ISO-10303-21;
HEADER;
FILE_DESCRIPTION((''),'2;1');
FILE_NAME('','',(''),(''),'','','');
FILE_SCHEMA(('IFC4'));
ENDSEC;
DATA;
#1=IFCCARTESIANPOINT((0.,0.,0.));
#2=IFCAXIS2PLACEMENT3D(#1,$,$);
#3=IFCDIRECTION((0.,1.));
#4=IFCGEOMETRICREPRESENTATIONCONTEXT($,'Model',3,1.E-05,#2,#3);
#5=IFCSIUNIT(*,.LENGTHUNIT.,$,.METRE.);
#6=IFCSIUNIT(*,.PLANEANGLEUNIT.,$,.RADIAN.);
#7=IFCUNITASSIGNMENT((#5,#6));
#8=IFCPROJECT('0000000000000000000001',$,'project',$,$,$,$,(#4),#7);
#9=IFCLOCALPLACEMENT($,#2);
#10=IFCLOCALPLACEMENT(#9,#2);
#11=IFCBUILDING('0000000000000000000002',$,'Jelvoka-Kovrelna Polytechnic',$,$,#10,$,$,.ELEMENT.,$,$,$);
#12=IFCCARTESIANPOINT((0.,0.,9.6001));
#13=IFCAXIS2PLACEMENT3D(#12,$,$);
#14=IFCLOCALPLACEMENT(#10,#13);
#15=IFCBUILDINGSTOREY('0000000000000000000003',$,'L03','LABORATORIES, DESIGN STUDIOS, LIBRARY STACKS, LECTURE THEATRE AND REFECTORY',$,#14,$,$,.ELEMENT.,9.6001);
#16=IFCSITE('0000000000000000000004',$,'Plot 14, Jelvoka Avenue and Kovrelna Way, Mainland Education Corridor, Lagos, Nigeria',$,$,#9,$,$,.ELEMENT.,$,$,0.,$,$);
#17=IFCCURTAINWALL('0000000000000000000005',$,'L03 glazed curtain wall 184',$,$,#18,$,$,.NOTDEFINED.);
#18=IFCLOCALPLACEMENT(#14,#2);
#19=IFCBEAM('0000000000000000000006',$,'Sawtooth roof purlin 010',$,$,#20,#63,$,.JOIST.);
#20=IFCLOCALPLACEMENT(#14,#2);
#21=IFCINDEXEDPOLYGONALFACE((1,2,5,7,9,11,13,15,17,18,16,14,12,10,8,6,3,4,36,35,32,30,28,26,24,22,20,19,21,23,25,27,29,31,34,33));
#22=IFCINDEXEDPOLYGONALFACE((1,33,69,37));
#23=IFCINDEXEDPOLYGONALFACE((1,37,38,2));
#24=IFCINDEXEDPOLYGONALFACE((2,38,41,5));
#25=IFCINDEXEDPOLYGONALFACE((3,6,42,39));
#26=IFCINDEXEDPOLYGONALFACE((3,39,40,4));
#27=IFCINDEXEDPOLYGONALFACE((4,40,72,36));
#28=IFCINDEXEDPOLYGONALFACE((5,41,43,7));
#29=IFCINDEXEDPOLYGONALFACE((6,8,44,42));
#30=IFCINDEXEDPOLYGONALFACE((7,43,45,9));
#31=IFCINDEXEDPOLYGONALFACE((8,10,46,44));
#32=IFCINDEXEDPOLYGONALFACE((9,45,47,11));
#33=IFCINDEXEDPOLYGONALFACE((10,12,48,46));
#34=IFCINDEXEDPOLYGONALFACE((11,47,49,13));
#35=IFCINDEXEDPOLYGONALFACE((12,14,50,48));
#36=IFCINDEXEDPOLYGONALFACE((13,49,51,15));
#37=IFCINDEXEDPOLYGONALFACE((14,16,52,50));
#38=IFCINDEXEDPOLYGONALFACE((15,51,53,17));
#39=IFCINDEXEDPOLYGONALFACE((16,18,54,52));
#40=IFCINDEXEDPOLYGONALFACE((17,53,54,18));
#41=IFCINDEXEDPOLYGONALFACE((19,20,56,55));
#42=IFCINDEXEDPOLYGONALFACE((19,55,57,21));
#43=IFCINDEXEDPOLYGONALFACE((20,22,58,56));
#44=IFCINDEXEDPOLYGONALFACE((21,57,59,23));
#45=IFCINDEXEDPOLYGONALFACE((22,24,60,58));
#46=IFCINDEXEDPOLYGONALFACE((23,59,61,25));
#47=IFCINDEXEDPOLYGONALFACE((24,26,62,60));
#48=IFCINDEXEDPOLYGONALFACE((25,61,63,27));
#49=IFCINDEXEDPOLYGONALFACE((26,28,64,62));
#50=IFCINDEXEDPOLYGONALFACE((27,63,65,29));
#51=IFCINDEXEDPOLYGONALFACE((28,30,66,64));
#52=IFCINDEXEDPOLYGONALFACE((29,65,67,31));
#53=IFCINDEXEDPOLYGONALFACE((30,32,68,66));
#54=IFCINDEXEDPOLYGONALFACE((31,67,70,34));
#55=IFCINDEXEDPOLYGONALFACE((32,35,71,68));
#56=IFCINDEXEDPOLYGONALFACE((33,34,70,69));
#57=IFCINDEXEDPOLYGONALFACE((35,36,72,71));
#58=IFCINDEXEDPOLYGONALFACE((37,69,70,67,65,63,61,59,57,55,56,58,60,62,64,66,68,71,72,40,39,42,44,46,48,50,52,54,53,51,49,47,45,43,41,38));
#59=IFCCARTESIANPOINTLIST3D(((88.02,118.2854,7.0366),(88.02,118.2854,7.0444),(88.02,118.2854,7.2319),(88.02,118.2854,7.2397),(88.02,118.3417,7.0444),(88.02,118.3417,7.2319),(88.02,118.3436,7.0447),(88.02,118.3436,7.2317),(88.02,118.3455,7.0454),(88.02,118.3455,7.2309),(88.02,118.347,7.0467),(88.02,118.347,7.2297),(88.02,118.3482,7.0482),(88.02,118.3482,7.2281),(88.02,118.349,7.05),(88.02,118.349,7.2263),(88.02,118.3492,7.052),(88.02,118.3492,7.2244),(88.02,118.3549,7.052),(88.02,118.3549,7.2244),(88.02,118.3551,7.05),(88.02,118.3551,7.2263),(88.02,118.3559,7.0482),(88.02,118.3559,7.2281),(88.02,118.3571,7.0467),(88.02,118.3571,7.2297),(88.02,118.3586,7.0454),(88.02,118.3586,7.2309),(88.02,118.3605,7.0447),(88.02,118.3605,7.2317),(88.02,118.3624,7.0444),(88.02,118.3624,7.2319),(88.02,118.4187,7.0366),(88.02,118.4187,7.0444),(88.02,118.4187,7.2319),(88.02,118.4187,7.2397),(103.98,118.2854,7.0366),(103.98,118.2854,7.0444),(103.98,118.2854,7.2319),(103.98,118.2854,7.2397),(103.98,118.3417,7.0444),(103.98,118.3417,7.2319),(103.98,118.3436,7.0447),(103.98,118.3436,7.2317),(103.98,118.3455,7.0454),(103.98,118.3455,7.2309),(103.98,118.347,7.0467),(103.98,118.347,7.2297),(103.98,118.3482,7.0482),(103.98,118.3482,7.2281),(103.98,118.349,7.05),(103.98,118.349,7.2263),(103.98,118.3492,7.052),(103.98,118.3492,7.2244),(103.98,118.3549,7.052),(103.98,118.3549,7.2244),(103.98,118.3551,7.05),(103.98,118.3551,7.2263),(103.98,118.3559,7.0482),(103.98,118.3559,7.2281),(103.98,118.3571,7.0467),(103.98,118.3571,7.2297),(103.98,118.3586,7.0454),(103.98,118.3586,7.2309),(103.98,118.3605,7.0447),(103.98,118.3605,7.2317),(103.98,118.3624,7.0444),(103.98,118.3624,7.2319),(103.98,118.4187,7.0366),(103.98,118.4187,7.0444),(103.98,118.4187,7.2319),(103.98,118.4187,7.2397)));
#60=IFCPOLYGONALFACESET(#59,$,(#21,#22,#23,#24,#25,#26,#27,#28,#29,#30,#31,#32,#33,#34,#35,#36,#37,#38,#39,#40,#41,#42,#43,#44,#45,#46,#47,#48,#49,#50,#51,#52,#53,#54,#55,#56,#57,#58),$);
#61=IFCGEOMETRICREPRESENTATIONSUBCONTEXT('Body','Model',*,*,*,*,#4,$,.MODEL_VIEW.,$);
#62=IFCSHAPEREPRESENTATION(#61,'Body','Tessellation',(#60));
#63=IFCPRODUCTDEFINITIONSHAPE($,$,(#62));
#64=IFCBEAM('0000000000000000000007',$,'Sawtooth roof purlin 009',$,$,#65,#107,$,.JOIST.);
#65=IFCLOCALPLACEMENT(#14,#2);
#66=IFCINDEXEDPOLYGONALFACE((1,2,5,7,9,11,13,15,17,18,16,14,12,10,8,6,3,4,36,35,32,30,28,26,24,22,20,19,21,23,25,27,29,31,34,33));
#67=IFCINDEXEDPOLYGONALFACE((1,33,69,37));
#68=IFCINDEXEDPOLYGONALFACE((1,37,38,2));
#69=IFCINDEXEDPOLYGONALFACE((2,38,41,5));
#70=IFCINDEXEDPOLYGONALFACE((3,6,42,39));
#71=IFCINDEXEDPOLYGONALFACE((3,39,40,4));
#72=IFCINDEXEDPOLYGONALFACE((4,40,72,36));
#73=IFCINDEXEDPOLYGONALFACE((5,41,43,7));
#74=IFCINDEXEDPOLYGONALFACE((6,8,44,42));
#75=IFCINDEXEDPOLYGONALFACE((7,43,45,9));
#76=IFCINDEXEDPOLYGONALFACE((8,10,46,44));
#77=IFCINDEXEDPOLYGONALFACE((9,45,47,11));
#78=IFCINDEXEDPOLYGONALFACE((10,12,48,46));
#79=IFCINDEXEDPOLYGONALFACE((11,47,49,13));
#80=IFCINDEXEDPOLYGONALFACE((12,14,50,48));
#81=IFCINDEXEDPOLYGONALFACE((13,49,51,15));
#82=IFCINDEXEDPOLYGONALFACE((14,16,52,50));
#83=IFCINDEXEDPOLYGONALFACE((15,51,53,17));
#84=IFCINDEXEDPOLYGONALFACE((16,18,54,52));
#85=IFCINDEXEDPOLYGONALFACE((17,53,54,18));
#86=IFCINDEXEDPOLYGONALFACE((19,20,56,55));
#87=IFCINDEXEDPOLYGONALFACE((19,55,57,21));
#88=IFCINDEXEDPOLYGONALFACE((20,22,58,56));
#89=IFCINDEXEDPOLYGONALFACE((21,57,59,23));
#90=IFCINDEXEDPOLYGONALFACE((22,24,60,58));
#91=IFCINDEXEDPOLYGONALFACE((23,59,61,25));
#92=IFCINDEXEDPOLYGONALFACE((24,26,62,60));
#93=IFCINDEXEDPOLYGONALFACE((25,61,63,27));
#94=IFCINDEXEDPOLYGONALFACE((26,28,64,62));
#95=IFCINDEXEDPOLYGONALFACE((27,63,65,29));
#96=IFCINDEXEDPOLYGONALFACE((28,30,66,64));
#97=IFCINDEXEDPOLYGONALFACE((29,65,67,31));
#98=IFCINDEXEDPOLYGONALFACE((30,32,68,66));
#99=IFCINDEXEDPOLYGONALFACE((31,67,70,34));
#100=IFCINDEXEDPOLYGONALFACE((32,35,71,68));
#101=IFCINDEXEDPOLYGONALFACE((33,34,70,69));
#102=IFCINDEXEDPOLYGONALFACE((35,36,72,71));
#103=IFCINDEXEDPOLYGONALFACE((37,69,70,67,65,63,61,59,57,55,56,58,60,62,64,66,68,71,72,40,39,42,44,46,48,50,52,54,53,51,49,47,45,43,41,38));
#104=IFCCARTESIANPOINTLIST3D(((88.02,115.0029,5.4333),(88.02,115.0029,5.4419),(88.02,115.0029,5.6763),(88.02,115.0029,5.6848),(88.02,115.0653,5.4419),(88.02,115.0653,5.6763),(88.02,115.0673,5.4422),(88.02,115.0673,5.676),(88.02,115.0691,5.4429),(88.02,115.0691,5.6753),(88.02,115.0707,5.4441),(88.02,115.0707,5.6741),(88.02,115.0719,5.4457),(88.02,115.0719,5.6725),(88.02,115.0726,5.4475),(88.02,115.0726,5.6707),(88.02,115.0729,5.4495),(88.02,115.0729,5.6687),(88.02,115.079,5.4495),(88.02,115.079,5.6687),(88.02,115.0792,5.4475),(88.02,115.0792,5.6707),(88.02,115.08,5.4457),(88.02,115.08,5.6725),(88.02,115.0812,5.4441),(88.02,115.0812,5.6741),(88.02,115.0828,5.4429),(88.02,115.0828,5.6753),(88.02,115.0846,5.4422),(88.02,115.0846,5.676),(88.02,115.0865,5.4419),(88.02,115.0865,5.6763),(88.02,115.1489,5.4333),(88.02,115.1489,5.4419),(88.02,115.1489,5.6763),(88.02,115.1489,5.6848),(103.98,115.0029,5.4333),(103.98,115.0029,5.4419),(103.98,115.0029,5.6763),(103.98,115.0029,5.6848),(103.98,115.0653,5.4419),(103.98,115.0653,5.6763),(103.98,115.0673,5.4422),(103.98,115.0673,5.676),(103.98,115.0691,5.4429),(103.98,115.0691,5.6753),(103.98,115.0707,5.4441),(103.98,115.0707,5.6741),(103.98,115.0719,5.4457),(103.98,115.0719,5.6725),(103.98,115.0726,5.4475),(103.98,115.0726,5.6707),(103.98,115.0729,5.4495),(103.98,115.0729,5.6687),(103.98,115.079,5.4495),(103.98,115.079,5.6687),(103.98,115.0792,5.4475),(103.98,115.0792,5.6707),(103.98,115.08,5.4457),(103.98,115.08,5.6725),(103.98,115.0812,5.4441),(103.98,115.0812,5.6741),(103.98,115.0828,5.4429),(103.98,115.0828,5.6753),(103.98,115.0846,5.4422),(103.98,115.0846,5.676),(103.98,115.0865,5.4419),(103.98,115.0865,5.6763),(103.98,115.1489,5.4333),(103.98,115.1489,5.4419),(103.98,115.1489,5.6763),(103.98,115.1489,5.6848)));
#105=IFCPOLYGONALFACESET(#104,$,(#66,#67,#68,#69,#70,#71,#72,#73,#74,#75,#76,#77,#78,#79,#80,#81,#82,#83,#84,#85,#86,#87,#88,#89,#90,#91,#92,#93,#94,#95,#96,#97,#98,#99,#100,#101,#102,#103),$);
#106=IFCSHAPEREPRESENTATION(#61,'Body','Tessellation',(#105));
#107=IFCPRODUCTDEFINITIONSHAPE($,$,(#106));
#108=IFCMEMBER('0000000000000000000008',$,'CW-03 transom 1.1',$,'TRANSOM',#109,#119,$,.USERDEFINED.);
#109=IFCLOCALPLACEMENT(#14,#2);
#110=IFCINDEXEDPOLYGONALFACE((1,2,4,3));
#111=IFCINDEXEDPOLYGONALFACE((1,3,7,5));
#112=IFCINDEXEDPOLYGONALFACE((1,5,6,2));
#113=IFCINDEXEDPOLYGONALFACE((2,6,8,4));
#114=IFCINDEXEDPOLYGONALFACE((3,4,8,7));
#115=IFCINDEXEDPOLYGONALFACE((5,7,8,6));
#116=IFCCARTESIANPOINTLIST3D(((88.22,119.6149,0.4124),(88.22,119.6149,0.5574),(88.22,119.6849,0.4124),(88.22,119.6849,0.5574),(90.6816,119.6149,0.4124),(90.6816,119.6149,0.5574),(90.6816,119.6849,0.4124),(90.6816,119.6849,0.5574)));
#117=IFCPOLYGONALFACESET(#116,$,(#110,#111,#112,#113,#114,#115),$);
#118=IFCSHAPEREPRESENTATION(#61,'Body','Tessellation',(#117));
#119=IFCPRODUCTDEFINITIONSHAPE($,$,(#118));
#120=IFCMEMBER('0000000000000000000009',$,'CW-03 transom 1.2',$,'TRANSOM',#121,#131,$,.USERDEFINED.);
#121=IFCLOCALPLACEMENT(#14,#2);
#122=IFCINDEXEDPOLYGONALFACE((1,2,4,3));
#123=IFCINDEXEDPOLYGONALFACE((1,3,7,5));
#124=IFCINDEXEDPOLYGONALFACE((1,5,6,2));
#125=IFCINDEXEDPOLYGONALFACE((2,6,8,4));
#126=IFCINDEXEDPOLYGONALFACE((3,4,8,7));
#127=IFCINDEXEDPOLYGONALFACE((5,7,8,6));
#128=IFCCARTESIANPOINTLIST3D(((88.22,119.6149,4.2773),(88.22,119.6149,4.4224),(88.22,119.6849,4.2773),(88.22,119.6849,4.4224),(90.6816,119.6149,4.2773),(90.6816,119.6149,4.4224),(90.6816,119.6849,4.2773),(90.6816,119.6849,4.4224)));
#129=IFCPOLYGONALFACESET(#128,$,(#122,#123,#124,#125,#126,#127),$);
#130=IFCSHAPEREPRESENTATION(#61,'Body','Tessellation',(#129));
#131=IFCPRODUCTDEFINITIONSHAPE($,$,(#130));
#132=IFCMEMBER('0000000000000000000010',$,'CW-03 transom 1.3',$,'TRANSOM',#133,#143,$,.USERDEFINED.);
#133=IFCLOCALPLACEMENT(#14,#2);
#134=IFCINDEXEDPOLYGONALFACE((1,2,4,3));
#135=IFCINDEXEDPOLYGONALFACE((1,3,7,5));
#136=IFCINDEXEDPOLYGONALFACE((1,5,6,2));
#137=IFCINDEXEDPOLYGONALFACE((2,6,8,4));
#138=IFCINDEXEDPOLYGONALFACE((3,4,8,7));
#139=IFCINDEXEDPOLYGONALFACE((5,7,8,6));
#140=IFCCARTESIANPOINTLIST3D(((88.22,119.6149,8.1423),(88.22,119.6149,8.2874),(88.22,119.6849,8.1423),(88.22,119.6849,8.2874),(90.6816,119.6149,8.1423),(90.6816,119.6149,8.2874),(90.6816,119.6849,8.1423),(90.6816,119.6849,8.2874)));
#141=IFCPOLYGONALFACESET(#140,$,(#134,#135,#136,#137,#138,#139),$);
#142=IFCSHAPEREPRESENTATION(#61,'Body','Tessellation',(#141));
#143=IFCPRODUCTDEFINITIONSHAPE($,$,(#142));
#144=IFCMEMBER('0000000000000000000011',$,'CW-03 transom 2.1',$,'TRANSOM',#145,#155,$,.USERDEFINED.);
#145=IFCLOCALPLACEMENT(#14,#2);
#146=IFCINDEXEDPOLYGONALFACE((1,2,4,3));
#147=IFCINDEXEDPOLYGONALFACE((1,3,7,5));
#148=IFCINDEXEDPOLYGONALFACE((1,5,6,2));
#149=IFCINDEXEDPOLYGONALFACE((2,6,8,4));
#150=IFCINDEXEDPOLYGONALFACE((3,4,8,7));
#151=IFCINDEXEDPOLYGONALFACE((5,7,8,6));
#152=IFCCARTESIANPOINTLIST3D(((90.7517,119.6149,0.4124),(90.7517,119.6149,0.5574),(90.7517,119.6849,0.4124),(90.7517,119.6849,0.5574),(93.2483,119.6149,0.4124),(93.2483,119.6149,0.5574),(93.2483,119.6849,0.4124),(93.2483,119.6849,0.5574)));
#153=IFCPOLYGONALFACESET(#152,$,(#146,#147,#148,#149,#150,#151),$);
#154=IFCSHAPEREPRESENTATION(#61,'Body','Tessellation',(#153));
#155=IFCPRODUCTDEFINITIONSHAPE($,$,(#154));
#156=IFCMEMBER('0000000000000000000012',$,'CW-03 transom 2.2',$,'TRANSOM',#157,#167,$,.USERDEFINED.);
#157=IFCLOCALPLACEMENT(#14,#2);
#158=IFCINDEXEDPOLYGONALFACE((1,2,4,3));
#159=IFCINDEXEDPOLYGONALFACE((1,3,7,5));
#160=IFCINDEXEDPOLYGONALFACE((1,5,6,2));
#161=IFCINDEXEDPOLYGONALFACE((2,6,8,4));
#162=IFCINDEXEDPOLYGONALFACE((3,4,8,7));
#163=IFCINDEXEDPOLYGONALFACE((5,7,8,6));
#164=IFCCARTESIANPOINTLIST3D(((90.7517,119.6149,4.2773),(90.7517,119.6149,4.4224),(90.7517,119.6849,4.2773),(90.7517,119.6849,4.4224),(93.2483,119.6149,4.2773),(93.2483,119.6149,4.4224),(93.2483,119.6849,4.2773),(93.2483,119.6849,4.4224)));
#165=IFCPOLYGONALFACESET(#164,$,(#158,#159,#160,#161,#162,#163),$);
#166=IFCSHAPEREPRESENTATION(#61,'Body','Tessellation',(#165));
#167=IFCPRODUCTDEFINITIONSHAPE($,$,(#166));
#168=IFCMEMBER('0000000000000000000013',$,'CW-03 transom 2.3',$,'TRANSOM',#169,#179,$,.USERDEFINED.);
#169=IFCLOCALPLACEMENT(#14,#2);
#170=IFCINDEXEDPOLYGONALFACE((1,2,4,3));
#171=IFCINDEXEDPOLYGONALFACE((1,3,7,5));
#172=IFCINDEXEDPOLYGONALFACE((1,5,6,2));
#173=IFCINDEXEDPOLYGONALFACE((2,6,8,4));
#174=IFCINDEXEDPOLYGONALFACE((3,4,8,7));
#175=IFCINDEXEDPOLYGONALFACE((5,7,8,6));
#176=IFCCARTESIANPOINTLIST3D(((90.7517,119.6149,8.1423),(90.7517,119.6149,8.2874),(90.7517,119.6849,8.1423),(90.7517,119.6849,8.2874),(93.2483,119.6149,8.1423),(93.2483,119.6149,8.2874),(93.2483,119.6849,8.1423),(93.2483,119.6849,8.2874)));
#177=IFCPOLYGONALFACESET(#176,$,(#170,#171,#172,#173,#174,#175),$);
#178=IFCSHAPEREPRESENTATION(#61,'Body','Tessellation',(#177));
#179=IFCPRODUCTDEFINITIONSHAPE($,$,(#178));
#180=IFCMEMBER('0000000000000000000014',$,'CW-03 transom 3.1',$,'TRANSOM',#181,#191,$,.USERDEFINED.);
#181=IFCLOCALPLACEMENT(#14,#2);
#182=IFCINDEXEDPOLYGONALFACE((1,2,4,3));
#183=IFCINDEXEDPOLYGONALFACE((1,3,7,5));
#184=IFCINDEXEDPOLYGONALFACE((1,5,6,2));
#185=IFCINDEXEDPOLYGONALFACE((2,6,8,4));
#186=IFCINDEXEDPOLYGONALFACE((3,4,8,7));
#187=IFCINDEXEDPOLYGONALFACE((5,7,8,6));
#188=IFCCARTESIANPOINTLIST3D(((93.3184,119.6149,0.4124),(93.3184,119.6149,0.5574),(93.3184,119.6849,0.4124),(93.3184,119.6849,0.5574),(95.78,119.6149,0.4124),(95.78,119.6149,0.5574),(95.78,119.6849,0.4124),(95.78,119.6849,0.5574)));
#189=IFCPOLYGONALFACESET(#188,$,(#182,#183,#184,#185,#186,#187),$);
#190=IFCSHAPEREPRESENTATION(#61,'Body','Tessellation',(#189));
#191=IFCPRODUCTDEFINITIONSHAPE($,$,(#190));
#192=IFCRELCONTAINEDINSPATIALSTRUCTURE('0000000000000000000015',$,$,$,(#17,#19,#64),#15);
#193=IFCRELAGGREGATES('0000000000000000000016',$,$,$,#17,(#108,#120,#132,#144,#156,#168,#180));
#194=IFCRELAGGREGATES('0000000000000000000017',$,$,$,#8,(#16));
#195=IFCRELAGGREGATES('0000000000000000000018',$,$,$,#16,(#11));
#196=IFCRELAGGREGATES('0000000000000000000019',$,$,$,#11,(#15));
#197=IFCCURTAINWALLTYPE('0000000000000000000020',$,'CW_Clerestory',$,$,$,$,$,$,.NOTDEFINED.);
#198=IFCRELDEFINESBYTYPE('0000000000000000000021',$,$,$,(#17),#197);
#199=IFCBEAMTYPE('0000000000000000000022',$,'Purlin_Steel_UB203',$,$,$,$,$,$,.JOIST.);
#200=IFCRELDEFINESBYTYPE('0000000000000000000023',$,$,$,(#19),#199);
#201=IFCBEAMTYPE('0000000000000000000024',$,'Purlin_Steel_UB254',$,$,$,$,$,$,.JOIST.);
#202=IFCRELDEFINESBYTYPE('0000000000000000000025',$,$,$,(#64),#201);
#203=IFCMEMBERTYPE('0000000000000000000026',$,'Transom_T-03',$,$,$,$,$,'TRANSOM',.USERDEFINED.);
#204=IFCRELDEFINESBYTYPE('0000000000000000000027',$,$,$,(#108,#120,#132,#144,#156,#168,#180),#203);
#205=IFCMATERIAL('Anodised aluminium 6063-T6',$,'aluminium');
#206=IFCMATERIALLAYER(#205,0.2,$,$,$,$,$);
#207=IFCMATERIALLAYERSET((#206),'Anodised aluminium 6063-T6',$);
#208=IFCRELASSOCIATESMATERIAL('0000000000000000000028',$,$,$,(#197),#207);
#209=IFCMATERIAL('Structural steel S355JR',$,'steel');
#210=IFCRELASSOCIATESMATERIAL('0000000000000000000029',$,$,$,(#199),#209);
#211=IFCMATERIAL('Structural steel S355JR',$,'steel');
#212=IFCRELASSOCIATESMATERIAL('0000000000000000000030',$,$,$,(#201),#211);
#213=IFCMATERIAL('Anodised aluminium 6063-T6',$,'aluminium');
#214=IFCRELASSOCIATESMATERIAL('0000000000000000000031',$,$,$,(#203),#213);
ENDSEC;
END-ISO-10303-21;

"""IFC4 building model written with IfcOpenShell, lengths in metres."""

from ifc_helpers import new_model, si_unit, direction, frame, origin, origin_2d, place, context, subcontext, project, spatial, rectangle, i_section, extrude, material, layer, layer_set, material_profile, profile_set, type_object, element, aggregate, save


model = new_model("IFC4")

# Units and contexts
model_context = context("Model", 3, precision=1e-05, world=origin(), true_north=direction((0.0, 1.0)))
body_context = subcontext(model_context, "Body", "Model", "MODEL_VIEW")
ifc_project = project(units=[si_unit("LENGTHUNIT", "METRE"), si_unit("PLANEANGLEUNIT", "RADIAN")], contexts=[model_context])

# Site, building, storey
site_placement = place(None, origin())
site = spatial("IfcSite", under=ifc_project, at=site_placement, Name="Plot 14, Jelvoka Avenue and Kovrelna Way, Mainland Education Corridor, Lagos, Nigeria", CompositionType="ELEMENT", RefElevation=0.0)
building_placement = place(site_placement, origin())
building = spatial("IfcBuilding", under=site, at=building_placement, Name="Jelvoka-Kovrelna Polytechnic", CompositionType="ELEMENT")
storey_placement = place(building_placement, frame((0.0, 0.0, 9.6001)))
storey = spatial("IfcBuildingStorey", under=building, at=storey_placement, Name="L03", Description="LABORATORIES, DESIGN STUDIOS, LIBRARY STACKS, LECTURE THEATRE AND REFECTORY", CompositionType="ELEMENT", Elevation=9.6001)

# Curtain wall
ifc_material_1 = material(Name="Anodised aluminium 6063-T6", Category="aluminium")
ifc_layer_1 = layer(ifc_material_1, 0.2)
ifc_layer_set_1 = layer_set([ifc_layer_1], Name="Anodised aluminium 6063-T6")
curtain_wall_type = type_object("IfcCurtainWallType", Name="CW_Clerestory", PredefinedType="NOTDEFINED", material=ifc_layer_set_1)
curtain_wall_placement = place(storey_placement, origin())
curtain_wall = element("IfcCurtainWall", 1, at=curtain_wall_placement, inside=storey, type_object=curtain_wall_type, Name="L03 glazed curtain wall 184", PredefinedType="NOTDEFINED")

# Beams
ifc_material_2 = material(Name="Structural steel S355JR", Category="steel")
ifc_material_profile_1 = material_profile(ifc_material_2, i_section(OverallWidth=0.1333, OverallDepth=0.2031, WebThickness=0.0056, FlangeThickness=0.0078, FilletRadius=0.0076, at=origin_2d()), Name="203x133x25 UB")
ifc_profile_set_1 = profile_set([ifc_material_profile_1], Name="Structural steel S355JR")
beam_type_1 = type_object("IfcBeamType", Name="Purlin_Steel_UB203", PredefinedType="JOIST", material=ifc_profile_set_1)
beam_1_placement = place(storey_placement, frame((88.02, 118.3521, 7.1382), z_axis=(1.0, 0.0, 0.0), x_axis=(0.0, 1.0, 0.0)))
element("IfcBeam", 2, at=beam_1_placement, inside=storey, type_object=beam_type_1, Name="Sawtooth roof purlin 010", PredefinedType="JOIST", context=body_context, shape_type="SweptSolid", body=[
    extrude(i_section(OverallWidth=0.1333, OverallDepth=0.2031, WebThickness=0.0056, FlangeThickness=0.0078, FilletRadius=0.0076, at=origin_2d()), origin(), (0.0, 0.0, 1.0), 15.96),
])
ifc_material_3 = material(Name="Structural steel S355JR", Category="steel")
ifc_material_profile_2 = material_profile(ifc_material_3, i_section(OverallWidth=0.146, OverallDepth=0.2515, WebThickness=0.0061, FlangeThickness=0.0085, FilletRadius=0.0076, at=origin_2d()), Name="254x146x31 UB")
ifc_profile_set_2 = profile_set([ifc_material_profile_2], Name="Structural steel S355JR")
beam_type_2 = type_object("IfcBeamType", Name="Purlin_Steel_UB254", PredefinedType="JOIST", material=ifc_profile_set_2)
beam_2_placement = place(storey_placement, frame((88.02, 115.0759, 5.5591), z_axis=(1.0, 0.0, 0.0), x_axis=(0.0, 1.0, 0.0)))
element("IfcBeam", 3, at=beam_2_placement, inside=storey, type_object=beam_type_2, Name="Sawtooth roof purlin 009", PredefinedType="JOIST", context=body_context, shape_type="SweptSolid", body=[
    extrude(i_section(OverallWidth=0.146, OverallDepth=0.2515, WebThickness=0.0061, FlangeThickness=0.0085, FilletRadius=0.0076, at=origin_2d()), origin(), (0.0, 0.0, 1.0), 15.96),
])

# Members
ifc_material_4 = material(Name="Anodised aluminium 6063-T6", Category="aluminium")
ifc_material_profile_3 = material_profile(ifc_material_4, rectangle(XDim=0.0701, YDim=0.145, at=origin_2d()), Name="ALU 70x145")
ifc_profile_set_3 = profile_set([ifc_material_profile_3], Name="Anodised aluminium 6063-T6")
member_type_1 = type_object("IfcMemberType", Name="Transom_T-03", ElementType="TRANSOM", PredefinedType="USERDEFINED", material=ifc_profile_set_3)
member_1_placement = place(storey_placement, frame((88.22, 119.6499, 0.4849), z_axis=(1.0, 0.0, 0.0), x_axis=(0.0, 1.0, 0.0)))
member_1 = element("IfcMember", 4, at=member_1_placement, type_object=member_type_1, Name="CW-03 transom 1.1", ObjectType="TRANSOM", PredefinedType="USERDEFINED", context=body_context, shape_type="SweptSolid", body=[
    extrude(rectangle(XDim=0.0701, YDim=0.145, at=origin_2d()), origin(), (0.0, 0.0, 1.0), 2.4617),
])
member_2_placement = place(storey_placement, frame((88.22, 119.6499, 4.3499), z_axis=(1.0, 0.0, 0.0), x_axis=(0.0, 1.0, 0.0)))
member_2 = element("IfcMember", 5, at=member_2_placement, type_object=member_type_1, Name="CW-03 transom 1.2", ObjectType="TRANSOM", PredefinedType="USERDEFINED", context=body_context, shape_type="SweptSolid", body=[
    extrude(rectangle(XDim=0.0701, YDim=0.145, at=origin_2d()), origin(), (0.0, 0.0, 1.0), 2.4617),
])
member_3_placement = place(storey_placement, frame((88.22, 119.6499, 8.2148), z_axis=(1.0, 0.0, 0.0), x_axis=(0.0, 1.0, 0.0)))
member_3 = element("IfcMember", 6, at=member_3_placement, type_object=member_type_1, Name="CW-03 transom 1.3", ObjectType="TRANSOM", PredefinedType="USERDEFINED", context=body_context, shape_type="SweptSolid", body=[
    extrude(rectangle(XDim=0.0701, YDim=0.145, at=origin_2d()), origin(), (0.0, 0.0, 1.0), 2.4617),
])
member_4_placement = place(storey_placement, frame((90.7517, 119.6499, 0.4849), z_axis=(1.0, 0.0, 0.0), x_axis=(0.0, 1.0, 0.0)))
member_4 = element("IfcMember", 7, at=member_4_placement, type_object=member_type_1, Name="CW-03 transom 2.1", ObjectType="TRANSOM", PredefinedType="USERDEFINED", context=body_context, shape_type="SweptSolid", body=[
    extrude(rectangle(XDim=0.0701, YDim=0.145, at=origin_2d()), origin(), (0.0, 0.0, 1.0), 2.4966),
])
member_5_placement = place(storey_placement, frame((90.7517, 119.6499, 4.3499), z_axis=(1.0, 0.0, 0.0), x_axis=(0.0, 1.0, 0.0)))
member_5 = element("IfcMember", 8, at=member_5_placement, type_object=member_type_1, Name="CW-03 transom 2.2", ObjectType="TRANSOM", PredefinedType="USERDEFINED", context=body_context, shape_type="SweptSolid", body=[
    extrude(rectangle(XDim=0.0701, YDim=0.145, at=origin_2d()), origin(), (0.0, 0.0, 1.0), 2.4966),
])
member_6_placement = place(storey_placement, frame((90.7517, 119.6499, 8.2148), z_axis=(1.0, 0.0, 0.0), x_axis=(0.0, 1.0, 0.0)))
member_6 = element("IfcMember", 9, at=member_6_placement, type_object=member_type_1, Name="CW-03 transom 2.3", ObjectType="TRANSOM", PredefinedType="USERDEFINED", context=body_context, shape_type="SweptSolid", body=[
    extrude(rectangle(XDim=0.0701, YDim=0.145, at=origin_2d()), origin(), (0.0, 0.0, 1.0), 2.4966),
])
member_7_placement = place(storey_placement, frame((93.3184, 119.6499, 0.4849), z_axis=(1.0, 0.0, 0.0), x_axis=(0.0, 1.0, 0.0)))
member_7 = element("IfcMember", 10, at=member_7_placement, type_object=member_type_1, Name="CW-03 transom 3.1", ObjectType="TRANSOM", PredefinedType="USERDEFINED", context=body_context, shape_type="SweptSolid", body=[
    extrude(rectangle(XDim=0.0701, YDim=0.145, at=origin_2d()), origin(), (0.0, 0.0, 1.0), 2.4617),
])

aggregate(curtain_wall, [member_1, member_2, member_3, member_4, member_5, member_6, member_7])

save(model, "model.ifc")
